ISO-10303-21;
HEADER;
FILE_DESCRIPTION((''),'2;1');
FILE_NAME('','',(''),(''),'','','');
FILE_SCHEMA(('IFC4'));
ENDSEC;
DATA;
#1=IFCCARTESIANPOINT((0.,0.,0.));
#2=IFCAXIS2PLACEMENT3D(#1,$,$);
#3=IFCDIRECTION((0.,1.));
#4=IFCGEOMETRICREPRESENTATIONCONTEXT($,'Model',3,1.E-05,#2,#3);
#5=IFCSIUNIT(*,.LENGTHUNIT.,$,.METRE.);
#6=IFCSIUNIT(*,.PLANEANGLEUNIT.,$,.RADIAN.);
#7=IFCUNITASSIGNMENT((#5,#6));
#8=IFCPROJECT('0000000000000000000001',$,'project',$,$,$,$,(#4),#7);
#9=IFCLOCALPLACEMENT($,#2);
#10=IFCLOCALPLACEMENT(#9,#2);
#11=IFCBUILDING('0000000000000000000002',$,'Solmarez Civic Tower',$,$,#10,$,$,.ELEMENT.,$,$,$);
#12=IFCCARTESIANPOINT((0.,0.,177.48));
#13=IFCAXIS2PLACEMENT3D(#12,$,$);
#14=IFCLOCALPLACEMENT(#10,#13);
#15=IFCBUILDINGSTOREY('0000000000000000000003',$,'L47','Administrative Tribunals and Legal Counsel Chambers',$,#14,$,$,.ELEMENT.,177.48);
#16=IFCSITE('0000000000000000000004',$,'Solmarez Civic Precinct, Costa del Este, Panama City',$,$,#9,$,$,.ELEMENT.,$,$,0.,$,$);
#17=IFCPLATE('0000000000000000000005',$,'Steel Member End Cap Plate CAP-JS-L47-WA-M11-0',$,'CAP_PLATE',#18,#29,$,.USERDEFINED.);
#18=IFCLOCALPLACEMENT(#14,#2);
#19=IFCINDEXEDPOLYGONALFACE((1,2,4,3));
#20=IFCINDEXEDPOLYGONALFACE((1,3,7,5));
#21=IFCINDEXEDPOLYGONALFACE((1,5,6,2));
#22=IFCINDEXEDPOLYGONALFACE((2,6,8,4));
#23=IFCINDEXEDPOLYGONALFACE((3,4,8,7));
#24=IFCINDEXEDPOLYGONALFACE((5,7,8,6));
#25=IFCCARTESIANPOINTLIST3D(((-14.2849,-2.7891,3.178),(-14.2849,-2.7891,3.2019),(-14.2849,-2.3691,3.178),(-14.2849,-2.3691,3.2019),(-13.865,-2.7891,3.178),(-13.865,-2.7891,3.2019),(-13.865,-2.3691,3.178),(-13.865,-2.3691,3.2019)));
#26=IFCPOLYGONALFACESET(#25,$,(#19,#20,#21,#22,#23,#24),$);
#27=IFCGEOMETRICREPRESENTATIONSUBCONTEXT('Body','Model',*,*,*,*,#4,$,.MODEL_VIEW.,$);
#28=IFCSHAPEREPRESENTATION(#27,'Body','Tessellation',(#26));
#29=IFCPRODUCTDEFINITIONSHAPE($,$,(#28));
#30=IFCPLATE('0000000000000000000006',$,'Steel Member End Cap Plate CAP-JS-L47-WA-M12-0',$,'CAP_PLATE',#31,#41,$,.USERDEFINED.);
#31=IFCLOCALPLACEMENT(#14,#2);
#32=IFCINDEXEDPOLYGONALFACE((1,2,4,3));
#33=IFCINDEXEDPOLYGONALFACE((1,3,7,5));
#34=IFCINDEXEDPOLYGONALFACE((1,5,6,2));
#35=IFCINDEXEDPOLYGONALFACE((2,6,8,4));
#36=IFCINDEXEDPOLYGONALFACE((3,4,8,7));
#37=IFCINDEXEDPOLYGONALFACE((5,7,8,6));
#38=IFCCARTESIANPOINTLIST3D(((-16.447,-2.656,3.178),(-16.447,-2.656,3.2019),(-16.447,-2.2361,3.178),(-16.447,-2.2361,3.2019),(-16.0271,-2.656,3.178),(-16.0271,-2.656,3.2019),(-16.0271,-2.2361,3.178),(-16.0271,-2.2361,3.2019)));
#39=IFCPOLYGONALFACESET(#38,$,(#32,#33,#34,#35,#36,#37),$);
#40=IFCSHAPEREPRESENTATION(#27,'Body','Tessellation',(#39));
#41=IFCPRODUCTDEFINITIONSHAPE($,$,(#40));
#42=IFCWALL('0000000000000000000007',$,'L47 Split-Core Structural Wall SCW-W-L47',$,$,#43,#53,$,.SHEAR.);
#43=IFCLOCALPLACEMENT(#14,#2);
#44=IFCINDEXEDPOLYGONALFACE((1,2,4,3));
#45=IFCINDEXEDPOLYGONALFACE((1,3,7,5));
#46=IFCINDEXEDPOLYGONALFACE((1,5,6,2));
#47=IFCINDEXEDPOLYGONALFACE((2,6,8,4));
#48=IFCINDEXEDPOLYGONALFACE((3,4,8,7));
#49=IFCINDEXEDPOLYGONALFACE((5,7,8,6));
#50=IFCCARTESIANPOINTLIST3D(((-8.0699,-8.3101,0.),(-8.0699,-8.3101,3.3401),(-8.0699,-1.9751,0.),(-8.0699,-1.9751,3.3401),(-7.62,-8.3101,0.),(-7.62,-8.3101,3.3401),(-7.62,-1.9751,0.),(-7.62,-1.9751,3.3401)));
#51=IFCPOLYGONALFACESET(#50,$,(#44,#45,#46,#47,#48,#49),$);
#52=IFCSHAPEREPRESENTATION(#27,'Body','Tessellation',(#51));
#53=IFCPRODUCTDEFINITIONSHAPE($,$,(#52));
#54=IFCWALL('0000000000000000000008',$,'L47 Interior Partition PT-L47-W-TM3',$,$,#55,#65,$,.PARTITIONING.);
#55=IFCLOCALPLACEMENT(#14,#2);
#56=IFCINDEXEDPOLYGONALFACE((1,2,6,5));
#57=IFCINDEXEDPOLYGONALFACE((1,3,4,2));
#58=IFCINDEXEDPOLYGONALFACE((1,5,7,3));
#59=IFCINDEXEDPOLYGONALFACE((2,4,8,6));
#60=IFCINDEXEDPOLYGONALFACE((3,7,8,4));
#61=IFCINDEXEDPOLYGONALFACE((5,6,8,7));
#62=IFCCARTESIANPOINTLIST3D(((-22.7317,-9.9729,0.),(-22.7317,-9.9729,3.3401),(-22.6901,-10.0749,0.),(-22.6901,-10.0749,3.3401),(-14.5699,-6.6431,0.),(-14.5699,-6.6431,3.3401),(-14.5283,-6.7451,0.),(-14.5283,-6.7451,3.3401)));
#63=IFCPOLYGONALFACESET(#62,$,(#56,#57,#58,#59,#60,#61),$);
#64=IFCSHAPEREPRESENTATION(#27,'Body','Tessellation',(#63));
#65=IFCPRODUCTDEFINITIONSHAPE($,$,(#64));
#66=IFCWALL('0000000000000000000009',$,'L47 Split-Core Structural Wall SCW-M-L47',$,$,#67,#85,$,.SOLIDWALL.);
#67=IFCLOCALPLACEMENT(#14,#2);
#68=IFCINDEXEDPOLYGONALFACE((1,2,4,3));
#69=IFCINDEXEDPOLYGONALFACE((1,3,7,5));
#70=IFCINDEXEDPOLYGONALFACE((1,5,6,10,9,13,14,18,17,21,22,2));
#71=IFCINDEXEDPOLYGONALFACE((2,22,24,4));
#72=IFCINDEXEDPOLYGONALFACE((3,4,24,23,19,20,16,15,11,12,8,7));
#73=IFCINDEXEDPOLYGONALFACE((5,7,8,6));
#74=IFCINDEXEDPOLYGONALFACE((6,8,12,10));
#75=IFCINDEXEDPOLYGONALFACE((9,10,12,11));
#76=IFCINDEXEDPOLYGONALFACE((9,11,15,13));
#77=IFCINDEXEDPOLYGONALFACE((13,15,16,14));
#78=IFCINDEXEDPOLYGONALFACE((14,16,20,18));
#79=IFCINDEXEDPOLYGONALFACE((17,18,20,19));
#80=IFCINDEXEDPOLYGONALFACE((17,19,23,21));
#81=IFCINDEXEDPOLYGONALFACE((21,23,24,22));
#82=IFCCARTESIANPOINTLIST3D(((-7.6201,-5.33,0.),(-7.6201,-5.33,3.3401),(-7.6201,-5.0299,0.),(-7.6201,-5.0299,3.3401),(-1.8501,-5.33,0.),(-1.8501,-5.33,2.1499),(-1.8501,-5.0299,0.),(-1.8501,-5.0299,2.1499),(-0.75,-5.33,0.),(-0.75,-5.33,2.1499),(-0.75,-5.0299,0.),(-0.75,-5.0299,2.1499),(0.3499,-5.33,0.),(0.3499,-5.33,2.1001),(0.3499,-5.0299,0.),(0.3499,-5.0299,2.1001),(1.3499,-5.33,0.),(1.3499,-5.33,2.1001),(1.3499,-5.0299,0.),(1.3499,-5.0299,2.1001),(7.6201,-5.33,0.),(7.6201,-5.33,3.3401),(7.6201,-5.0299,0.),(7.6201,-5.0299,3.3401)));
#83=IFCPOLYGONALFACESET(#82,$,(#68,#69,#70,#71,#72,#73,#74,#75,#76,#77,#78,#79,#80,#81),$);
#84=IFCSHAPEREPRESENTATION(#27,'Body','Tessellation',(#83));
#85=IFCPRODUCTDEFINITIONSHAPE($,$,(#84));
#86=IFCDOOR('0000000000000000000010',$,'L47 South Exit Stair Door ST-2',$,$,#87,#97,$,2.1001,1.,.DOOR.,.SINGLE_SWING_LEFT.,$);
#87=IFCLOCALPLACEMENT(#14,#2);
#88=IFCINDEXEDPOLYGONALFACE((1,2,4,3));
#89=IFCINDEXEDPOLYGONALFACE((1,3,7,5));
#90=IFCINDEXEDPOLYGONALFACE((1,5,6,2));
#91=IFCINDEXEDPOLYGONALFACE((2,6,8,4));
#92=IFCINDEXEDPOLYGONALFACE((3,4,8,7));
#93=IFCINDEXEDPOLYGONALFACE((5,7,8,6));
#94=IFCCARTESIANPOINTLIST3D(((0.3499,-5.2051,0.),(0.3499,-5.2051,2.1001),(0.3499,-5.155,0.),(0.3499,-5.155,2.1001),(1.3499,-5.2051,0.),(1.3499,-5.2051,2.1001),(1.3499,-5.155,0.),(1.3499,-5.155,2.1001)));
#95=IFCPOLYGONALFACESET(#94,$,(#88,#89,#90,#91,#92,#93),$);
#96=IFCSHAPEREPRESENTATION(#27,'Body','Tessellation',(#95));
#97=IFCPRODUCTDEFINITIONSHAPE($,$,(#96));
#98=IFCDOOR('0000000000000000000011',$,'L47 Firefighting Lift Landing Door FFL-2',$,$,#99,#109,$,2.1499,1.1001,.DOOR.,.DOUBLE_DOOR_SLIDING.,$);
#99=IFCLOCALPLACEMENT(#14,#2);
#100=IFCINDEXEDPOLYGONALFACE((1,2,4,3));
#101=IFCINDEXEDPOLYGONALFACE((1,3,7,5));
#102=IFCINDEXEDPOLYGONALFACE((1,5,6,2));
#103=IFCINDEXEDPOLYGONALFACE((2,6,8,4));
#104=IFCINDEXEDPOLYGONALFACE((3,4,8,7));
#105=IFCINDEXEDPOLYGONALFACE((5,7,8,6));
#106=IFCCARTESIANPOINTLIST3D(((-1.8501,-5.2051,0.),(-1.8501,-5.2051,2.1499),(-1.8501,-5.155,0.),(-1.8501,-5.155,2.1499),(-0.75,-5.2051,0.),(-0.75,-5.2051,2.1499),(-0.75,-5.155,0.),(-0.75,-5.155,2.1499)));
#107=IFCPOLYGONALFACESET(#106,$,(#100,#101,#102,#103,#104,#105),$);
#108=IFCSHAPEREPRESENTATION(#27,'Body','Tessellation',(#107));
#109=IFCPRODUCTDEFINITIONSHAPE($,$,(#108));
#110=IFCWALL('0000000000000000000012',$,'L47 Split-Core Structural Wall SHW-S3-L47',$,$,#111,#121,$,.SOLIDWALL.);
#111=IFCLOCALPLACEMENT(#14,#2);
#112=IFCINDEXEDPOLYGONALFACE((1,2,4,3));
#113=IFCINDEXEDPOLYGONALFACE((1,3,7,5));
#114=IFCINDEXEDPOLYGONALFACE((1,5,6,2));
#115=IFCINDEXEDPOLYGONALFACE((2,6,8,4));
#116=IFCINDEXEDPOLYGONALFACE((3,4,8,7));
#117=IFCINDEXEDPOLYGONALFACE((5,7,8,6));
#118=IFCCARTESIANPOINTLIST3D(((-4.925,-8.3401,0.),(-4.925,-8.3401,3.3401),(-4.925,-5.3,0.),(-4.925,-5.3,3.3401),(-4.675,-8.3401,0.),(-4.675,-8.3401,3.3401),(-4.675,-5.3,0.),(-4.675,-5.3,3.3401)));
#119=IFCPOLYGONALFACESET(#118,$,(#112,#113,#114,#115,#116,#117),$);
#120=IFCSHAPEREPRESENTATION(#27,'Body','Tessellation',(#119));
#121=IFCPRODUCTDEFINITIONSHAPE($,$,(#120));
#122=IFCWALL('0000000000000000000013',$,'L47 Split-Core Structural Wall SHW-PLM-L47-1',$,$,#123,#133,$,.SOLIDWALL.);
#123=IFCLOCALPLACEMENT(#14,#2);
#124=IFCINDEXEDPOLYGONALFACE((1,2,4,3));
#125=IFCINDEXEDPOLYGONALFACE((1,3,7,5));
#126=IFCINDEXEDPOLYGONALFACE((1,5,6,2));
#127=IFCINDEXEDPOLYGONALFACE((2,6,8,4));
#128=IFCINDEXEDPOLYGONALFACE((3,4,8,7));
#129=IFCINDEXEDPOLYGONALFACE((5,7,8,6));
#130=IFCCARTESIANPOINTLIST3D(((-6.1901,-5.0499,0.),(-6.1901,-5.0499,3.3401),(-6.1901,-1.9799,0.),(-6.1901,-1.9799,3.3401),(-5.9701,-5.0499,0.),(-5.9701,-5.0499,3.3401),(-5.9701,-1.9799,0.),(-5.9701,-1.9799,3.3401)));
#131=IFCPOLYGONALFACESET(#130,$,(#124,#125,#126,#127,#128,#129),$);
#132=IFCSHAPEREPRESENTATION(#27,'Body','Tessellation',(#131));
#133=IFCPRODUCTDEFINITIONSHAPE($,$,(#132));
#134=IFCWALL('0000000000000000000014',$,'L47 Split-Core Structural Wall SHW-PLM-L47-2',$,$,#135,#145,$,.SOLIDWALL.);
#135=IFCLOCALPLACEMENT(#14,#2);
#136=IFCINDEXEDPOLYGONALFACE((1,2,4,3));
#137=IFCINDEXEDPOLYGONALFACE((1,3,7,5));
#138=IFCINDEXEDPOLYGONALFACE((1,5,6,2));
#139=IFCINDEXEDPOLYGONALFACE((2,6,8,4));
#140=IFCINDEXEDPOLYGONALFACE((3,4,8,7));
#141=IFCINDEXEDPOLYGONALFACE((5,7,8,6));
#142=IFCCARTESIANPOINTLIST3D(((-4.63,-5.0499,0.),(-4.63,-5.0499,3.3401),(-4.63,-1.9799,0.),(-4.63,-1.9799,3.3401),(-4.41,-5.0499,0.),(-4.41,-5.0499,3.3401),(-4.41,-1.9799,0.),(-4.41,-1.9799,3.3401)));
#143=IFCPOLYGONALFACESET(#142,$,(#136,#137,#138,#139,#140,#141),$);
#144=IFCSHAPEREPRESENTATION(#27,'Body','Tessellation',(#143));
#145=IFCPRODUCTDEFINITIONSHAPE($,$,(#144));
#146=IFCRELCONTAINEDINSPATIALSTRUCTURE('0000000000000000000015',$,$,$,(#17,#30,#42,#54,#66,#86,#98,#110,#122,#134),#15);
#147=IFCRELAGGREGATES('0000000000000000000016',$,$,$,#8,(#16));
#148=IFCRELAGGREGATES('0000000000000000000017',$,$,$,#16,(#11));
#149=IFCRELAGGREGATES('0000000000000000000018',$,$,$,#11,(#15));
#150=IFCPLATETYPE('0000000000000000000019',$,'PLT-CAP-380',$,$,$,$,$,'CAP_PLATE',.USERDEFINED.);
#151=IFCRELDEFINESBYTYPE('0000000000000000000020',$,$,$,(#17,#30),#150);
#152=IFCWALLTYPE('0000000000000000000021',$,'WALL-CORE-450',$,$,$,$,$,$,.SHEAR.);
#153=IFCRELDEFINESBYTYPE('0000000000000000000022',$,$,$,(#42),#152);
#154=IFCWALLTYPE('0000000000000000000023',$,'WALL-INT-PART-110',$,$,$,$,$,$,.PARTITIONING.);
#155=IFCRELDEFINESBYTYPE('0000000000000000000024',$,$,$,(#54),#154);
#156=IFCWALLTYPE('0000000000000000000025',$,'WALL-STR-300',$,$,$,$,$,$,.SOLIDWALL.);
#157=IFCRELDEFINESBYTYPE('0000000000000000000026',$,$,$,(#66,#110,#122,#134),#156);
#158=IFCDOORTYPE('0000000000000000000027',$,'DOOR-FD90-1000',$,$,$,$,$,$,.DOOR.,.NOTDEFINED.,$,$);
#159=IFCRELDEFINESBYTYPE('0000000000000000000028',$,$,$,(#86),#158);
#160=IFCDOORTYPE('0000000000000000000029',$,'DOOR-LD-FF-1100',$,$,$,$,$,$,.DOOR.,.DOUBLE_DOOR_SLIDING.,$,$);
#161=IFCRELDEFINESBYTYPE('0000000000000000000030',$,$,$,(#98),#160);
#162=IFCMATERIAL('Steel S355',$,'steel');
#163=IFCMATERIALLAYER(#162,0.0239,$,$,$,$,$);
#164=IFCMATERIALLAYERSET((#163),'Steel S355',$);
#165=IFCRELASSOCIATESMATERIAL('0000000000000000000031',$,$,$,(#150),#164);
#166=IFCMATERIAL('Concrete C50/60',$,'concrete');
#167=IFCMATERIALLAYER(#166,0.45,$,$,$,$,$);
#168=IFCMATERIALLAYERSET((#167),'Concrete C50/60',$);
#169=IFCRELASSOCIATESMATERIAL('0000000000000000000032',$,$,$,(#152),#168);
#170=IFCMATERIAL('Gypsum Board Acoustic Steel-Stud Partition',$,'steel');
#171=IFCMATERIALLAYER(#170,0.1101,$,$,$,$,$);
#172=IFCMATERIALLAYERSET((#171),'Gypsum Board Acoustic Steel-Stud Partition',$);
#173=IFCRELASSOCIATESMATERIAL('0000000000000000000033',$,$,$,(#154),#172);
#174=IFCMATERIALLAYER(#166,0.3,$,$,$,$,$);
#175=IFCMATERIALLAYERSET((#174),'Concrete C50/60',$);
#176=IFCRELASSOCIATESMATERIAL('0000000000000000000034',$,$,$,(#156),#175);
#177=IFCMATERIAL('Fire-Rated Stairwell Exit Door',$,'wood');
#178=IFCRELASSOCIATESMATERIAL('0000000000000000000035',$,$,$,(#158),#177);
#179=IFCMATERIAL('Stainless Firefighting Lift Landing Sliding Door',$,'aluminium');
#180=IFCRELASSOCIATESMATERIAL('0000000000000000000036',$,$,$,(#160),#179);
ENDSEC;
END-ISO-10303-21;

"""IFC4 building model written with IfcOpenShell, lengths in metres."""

from ifc_helpers import new_model, si_unit, direction, frame, frame_2d, origin, origin_2d, place, context, subcontext, project, spatial, rectangle, extrude, material, layer, layer_set, type_object, element, fill, save


model = new_model("IFC4")

# Units and contexts
model_context = context("Model", 3, precision=1e-05, world=origin(), true_north=direction((0.0, 1.0)))
body_context = subcontext(model_context, "Body", "Model", "MODEL_VIEW")
ifc_project = project(units=[si_unit("LENGTHUNIT", "METRE"), si_unit("PLANEANGLEUNIT", "RADIAN")], contexts=[model_context])

# Site, building, storey
site_placement = place(None, origin())
site = spatial("IfcSite", under=ifc_project, at=site_placement, Name="Solmarez Civic Precinct, Costa del Este, Panama City", CompositionType="ELEMENT", RefElevation=0.0)
building_placement = place(site_placement, origin())
building = spatial("IfcBuilding", under=site, at=building_placement, Name="Solmarez Civic Tower", CompositionType="ELEMENT")
storey_placement = place(building_placement, frame((0.0, 0.0, 177.48)))
storey = spatial("IfcBuildingStorey", under=building, at=storey_placement, Name="L47", Description="Administrative Tribunals and Legal Counsel Chambers", CompositionType="ELEMENT", Elevation=177.48)

# Shared definitions
ifc_material_1 = material(Name="Concrete C50/60", Category="concrete")

# Shared definitions
ifc_material_2 = material(Name="Steel S355", Category="steel")

# Plates
ifc_layer_1 = layer(ifc_material_2, 0.0239)
ifc_layer_set_1 = layer_set([ifc_layer_1], Name="Steel S355")
plate_type = type_object("IfcPlateType", Name="PLT-CAP-380", ElementType="CAP_PLATE", PredefinedType="USERDEFINED", material=ifc_layer_set_1)
for number, where, z_axis, x_axis, name in (
    (1, (-14.075, -2.5791, 3.178), (0.0, 0.0, 1.0), (1.0, 0.0, 0.0), "Steel Member End Cap Plate CAP-JS-L47-WA-M11-0"),
    (2, (-16.2371, -2.446, 3.178), (0.0, 0.0, 1.0), (1.0, 0.0, 0.0), "Steel Member End Cap Plate CAP-JS-L47-WA-M12-0"),
):
    element("IfcPlate", number, at=place(storey_placement, frame(where, z_axis=z_axis, x_axis=x_axis)), inside=storey, type_object=plate_type, Name=name, ObjectType="CAP_PLATE", PredefinedType="USERDEFINED", context=body_context, shape_type="SweptSolid", body=[
        extrude(rectangle(XDim=0.4199, YDim=0.4199, at=origin_2d()), origin(), (0.0, 0.0, 1.0), 0.0239),
    ])

# Walls
ifc_layer_2 = layer(ifc_material_1, 0.45)
ifc_layer_set_2 = layer_set([ifc_layer_2], Name="Concrete C50/60")
wall_type_1 = type_object("IfcWallType", Name="WALL-CORE-450", PredefinedType="SHEAR", material=ifc_layer_set_2)
wall_1_placement = place(storey_placement, frame((-7.845, -8.3101, 0.0), z_axis=(0.0, 0.0, 1.0), x_axis=(0.0, 1.0, 0.0)))
element("IfcWall", 3, at=wall_1_placement, inside=storey, type_object=wall_type_1, Name="L47 Split-Core Structural Wall SCW-W-L47", PredefinedType="SHEAR", context=body_context, shape_type="SweptSolid", body=[
    extrude(rectangle(XDim=6.335, YDim=0.45, at=frame_2d((3.1675, 0.0))), origin(), (0.0, 0.0, 1.0), 3.3401),
])
ifc_material_3 = material(Name="Gypsum Board Acoustic Steel-Stud Partition", Category="steel")
ifc_layer_3 = layer(ifc_material_3, 0.1101)
ifc_layer_set_3 = layer_set([ifc_layer_3], Name="Gypsum Board Acoustic Steel-Stud Partition")
wall_type_2 = type_object("IfcWallType", Name="WALL-INT-PART-110", PredefinedType="PARTITIONING", material=ifc_layer_set_3)
wall_2_placement = place(storey_placement, frame((-14.5491, -6.6941, 0.0), z_axis=(0.0, 0.0, 1.0), x_axis=(-0.925909, -0.377747, 0.0)))
element("IfcWall", 4, at=wall_2_placement, inside=storey, type_object=wall_type_2, Name="L47 Interior Partition PT-L47-W-TM3", PredefinedType="PARTITIONING", context=body_context, shape_type="SweptSolid", body=[
    extrude(rectangle(XDim=8.8149, YDim=0.1101, at=frame_2d((4.4075, 0.0))), origin(), (0.0, 0.0, 1.0), 3.3401),
])

# Wall, openings, doors
ifc_layer_4 = layer(ifc_material_1, 0.3)
ifc_layer_set_4 = layer_set([ifc_layer_4], Name="Concrete C50/60")
wall_type_3 = type_object("IfcWallType", Name="WALL-STR-300", PredefinedType="SOLIDWALL", material=ifc_layer_set_4)
wall_3_placement = place(storey_placement, frame((-7.6201, -5.1799, 0.0), z_axis=(0.0, 0.0, 1.0), x_axis=(1.0, 0.0, 0.0)))
wall_3 = element("IfcWall", 5, at=wall_3_placement, inside=storey, type_object=wall_type_3, Name="L47 Split-Core Structural Wall SCW-M-L47", PredefinedType="SOLIDWALL", context=body_context, shape_type="SweptSolid", body=[
    extrude(rectangle(XDim=15.2402, YDim=0.3, at=frame_2d((7.6201, 0.0))), origin(), (0.0, 0.0, 1.0), 3.3401),
])
opening_1_placement = place(wall_3_placement, frame((5.77, 0.0, 0.0)))
opening_1 = element("IfcOpeningElement", 6, at=opening_1_placement, cuts=wall_3, PredefinedType="OPENING", context=body_context, shape_type="SweptSolid", body=[
    extrude(rectangle(XDim=1.1001, YDim=2.1499, at=frame_2d((0.55, 1.075))), frame((0.0, 0.1599, 0.0), z_axis=(0.0, -1.0, 0.0), x_axis=(1.0, 0.0, 0.0)), (0.0, 0.0, 1.0), 0.3201),
])
opening_2_placement = place(wall_3_placement, frame((7.97, 0.0, 0.0)))
opening_2 = element("IfcOpeningElement", 7, at=opening_2_placement, cuts=wall_3, PredefinedType="OPENING", context=body_context, shape_type="SweptSolid", body=[
    extrude(rectangle(XDim=1.0, YDim=2.1001, at=frame_2d((0.5, 1.05))), frame((0.0, 0.1599, 0.0), z_axis=(0.0, -1.0, 0.0), x_axis=(1.0, 0.0, 0.0)), (0.0, 0.0, 1.0), 0.3201),
])
ifc_material_4 = material(Name="Fire-Rated Stairwell Exit Door", Category="wood")
door_type_1 = type_object("IfcDoorType", Name="DOOR-FD90-1000", OperationType="NOTDEFINED", PredefinedType="DOOR", material=ifc_material_4)
door_1_placement = place(opening_2_placement, origin())
door_1 = element("IfcDoor", 8, at=door_1_placement, inside=storey, type_object=door_type_1, Name="L47 South Exit Stair Door ST-2", OperationType="SINGLE_SWING_LEFT", OverallHeight=2.1001, OverallWidth=1.0, PredefinedType="DOOR", context=body_context, shape_type="SweptSolid", body=[
    extrude(rectangle(XDim=1.0, YDim=2.1001, at=frame_2d((0.5, 1.05))), frame((0.0, 0.0249, 0.0), z_axis=(0.0, -1.0, 0.0), x_axis=(1.0, 0.0, 0.0)), (0.0, 0.0, 1.0), 0.05),
])
fill(opening_2, door_1)
ifc_material_5 = material(Name="Stainless Firefighting Lift Landing Sliding Door", Category="aluminium")
door_type_2 = type_object("IfcDoorType", Name="DOOR-LD-FF-1100", OperationType="DOUBLE_DOOR_SLIDING", PredefinedType="DOOR", material=ifc_material_5)
door_2_placement = place(opening_1_placement, origin())
door_2 = element("IfcDoor", 9, at=door_2_placement, inside=storey, type_object=door_type_2, Name="L47 Firefighting Lift Landing Door FFL-2", OperationType="DOUBLE_DOOR_SLIDING", OverallHeight=2.1499, OverallWidth=1.1001, PredefinedType="DOOR", context=body_context, shape_type="SweptSolid", body=[
    extrude(rectangle(XDim=1.1001, YDim=2.1499, at=frame_2d((0.55, 1.075))), frame((0.0, 0.0249, 0.0), z_axis=(0.0, -1.0, 0.0), x_axis=(1.0, 0.0, 0.0)), (0.0, 0.0, 1.0), 0.05),
])
fill(opening_1, door_2)

# Walls
wall_4_placement = place(storey_placement, frame((-4.8, -8.3401, 0.0), z_axis=(0.0, 0.0, 1.0), x_axis=(0.0, 1.0, 0.0)))
element("IfcWall", 10, at=wall_4_placement, inside=storey, type_object=wall_type_3, Name="L47 Split-Core Structural Wall SHW-S3-L47", PredefinedType="SOLIDWALL", context=body_context, shape_type="SweptSolid", body=[
    extrude(rectangle(XDim=3.04, YDim=0.25, at=frame_2d((1.52, 0.0))), origin(), (0.0, 0.0, 1.0), 3.3401),
])
for number, where, z_axis, x_axis, name in (
    (11, (-6.0801, -5.05, 0.0), (0.0, 0.0, 1.0), (0.0, 1.0, 0.0), "L47 Split-Core Structural Wall SHW-PLM-L47-1"),
    (12, (-4.52, -5.05, 0.0), (0.0, 0.0, 1.0), (0.0, 1.0, 0.0), "L47 Split-Core Structural Wall SHW-PLM-L47-2"),
):
    element("IfcWall", number, at=place(storey_placement, frame(where, z_axis=z_axis, x_axis=x_axis)), inside=storey, type_object=wall_type_3, Name=name, PredefinedType="SOLIDWALL", context=body_context, shape_type="SweptSolid", body=[
        extrude(rectangle(XDim=3.0701, YDim=0.22, at=frame_2d((1.5352, 0.0))), origin(), (0.0, 0.0, 1.0), 3.3401),
    ])

save(model, "model.ifc")
